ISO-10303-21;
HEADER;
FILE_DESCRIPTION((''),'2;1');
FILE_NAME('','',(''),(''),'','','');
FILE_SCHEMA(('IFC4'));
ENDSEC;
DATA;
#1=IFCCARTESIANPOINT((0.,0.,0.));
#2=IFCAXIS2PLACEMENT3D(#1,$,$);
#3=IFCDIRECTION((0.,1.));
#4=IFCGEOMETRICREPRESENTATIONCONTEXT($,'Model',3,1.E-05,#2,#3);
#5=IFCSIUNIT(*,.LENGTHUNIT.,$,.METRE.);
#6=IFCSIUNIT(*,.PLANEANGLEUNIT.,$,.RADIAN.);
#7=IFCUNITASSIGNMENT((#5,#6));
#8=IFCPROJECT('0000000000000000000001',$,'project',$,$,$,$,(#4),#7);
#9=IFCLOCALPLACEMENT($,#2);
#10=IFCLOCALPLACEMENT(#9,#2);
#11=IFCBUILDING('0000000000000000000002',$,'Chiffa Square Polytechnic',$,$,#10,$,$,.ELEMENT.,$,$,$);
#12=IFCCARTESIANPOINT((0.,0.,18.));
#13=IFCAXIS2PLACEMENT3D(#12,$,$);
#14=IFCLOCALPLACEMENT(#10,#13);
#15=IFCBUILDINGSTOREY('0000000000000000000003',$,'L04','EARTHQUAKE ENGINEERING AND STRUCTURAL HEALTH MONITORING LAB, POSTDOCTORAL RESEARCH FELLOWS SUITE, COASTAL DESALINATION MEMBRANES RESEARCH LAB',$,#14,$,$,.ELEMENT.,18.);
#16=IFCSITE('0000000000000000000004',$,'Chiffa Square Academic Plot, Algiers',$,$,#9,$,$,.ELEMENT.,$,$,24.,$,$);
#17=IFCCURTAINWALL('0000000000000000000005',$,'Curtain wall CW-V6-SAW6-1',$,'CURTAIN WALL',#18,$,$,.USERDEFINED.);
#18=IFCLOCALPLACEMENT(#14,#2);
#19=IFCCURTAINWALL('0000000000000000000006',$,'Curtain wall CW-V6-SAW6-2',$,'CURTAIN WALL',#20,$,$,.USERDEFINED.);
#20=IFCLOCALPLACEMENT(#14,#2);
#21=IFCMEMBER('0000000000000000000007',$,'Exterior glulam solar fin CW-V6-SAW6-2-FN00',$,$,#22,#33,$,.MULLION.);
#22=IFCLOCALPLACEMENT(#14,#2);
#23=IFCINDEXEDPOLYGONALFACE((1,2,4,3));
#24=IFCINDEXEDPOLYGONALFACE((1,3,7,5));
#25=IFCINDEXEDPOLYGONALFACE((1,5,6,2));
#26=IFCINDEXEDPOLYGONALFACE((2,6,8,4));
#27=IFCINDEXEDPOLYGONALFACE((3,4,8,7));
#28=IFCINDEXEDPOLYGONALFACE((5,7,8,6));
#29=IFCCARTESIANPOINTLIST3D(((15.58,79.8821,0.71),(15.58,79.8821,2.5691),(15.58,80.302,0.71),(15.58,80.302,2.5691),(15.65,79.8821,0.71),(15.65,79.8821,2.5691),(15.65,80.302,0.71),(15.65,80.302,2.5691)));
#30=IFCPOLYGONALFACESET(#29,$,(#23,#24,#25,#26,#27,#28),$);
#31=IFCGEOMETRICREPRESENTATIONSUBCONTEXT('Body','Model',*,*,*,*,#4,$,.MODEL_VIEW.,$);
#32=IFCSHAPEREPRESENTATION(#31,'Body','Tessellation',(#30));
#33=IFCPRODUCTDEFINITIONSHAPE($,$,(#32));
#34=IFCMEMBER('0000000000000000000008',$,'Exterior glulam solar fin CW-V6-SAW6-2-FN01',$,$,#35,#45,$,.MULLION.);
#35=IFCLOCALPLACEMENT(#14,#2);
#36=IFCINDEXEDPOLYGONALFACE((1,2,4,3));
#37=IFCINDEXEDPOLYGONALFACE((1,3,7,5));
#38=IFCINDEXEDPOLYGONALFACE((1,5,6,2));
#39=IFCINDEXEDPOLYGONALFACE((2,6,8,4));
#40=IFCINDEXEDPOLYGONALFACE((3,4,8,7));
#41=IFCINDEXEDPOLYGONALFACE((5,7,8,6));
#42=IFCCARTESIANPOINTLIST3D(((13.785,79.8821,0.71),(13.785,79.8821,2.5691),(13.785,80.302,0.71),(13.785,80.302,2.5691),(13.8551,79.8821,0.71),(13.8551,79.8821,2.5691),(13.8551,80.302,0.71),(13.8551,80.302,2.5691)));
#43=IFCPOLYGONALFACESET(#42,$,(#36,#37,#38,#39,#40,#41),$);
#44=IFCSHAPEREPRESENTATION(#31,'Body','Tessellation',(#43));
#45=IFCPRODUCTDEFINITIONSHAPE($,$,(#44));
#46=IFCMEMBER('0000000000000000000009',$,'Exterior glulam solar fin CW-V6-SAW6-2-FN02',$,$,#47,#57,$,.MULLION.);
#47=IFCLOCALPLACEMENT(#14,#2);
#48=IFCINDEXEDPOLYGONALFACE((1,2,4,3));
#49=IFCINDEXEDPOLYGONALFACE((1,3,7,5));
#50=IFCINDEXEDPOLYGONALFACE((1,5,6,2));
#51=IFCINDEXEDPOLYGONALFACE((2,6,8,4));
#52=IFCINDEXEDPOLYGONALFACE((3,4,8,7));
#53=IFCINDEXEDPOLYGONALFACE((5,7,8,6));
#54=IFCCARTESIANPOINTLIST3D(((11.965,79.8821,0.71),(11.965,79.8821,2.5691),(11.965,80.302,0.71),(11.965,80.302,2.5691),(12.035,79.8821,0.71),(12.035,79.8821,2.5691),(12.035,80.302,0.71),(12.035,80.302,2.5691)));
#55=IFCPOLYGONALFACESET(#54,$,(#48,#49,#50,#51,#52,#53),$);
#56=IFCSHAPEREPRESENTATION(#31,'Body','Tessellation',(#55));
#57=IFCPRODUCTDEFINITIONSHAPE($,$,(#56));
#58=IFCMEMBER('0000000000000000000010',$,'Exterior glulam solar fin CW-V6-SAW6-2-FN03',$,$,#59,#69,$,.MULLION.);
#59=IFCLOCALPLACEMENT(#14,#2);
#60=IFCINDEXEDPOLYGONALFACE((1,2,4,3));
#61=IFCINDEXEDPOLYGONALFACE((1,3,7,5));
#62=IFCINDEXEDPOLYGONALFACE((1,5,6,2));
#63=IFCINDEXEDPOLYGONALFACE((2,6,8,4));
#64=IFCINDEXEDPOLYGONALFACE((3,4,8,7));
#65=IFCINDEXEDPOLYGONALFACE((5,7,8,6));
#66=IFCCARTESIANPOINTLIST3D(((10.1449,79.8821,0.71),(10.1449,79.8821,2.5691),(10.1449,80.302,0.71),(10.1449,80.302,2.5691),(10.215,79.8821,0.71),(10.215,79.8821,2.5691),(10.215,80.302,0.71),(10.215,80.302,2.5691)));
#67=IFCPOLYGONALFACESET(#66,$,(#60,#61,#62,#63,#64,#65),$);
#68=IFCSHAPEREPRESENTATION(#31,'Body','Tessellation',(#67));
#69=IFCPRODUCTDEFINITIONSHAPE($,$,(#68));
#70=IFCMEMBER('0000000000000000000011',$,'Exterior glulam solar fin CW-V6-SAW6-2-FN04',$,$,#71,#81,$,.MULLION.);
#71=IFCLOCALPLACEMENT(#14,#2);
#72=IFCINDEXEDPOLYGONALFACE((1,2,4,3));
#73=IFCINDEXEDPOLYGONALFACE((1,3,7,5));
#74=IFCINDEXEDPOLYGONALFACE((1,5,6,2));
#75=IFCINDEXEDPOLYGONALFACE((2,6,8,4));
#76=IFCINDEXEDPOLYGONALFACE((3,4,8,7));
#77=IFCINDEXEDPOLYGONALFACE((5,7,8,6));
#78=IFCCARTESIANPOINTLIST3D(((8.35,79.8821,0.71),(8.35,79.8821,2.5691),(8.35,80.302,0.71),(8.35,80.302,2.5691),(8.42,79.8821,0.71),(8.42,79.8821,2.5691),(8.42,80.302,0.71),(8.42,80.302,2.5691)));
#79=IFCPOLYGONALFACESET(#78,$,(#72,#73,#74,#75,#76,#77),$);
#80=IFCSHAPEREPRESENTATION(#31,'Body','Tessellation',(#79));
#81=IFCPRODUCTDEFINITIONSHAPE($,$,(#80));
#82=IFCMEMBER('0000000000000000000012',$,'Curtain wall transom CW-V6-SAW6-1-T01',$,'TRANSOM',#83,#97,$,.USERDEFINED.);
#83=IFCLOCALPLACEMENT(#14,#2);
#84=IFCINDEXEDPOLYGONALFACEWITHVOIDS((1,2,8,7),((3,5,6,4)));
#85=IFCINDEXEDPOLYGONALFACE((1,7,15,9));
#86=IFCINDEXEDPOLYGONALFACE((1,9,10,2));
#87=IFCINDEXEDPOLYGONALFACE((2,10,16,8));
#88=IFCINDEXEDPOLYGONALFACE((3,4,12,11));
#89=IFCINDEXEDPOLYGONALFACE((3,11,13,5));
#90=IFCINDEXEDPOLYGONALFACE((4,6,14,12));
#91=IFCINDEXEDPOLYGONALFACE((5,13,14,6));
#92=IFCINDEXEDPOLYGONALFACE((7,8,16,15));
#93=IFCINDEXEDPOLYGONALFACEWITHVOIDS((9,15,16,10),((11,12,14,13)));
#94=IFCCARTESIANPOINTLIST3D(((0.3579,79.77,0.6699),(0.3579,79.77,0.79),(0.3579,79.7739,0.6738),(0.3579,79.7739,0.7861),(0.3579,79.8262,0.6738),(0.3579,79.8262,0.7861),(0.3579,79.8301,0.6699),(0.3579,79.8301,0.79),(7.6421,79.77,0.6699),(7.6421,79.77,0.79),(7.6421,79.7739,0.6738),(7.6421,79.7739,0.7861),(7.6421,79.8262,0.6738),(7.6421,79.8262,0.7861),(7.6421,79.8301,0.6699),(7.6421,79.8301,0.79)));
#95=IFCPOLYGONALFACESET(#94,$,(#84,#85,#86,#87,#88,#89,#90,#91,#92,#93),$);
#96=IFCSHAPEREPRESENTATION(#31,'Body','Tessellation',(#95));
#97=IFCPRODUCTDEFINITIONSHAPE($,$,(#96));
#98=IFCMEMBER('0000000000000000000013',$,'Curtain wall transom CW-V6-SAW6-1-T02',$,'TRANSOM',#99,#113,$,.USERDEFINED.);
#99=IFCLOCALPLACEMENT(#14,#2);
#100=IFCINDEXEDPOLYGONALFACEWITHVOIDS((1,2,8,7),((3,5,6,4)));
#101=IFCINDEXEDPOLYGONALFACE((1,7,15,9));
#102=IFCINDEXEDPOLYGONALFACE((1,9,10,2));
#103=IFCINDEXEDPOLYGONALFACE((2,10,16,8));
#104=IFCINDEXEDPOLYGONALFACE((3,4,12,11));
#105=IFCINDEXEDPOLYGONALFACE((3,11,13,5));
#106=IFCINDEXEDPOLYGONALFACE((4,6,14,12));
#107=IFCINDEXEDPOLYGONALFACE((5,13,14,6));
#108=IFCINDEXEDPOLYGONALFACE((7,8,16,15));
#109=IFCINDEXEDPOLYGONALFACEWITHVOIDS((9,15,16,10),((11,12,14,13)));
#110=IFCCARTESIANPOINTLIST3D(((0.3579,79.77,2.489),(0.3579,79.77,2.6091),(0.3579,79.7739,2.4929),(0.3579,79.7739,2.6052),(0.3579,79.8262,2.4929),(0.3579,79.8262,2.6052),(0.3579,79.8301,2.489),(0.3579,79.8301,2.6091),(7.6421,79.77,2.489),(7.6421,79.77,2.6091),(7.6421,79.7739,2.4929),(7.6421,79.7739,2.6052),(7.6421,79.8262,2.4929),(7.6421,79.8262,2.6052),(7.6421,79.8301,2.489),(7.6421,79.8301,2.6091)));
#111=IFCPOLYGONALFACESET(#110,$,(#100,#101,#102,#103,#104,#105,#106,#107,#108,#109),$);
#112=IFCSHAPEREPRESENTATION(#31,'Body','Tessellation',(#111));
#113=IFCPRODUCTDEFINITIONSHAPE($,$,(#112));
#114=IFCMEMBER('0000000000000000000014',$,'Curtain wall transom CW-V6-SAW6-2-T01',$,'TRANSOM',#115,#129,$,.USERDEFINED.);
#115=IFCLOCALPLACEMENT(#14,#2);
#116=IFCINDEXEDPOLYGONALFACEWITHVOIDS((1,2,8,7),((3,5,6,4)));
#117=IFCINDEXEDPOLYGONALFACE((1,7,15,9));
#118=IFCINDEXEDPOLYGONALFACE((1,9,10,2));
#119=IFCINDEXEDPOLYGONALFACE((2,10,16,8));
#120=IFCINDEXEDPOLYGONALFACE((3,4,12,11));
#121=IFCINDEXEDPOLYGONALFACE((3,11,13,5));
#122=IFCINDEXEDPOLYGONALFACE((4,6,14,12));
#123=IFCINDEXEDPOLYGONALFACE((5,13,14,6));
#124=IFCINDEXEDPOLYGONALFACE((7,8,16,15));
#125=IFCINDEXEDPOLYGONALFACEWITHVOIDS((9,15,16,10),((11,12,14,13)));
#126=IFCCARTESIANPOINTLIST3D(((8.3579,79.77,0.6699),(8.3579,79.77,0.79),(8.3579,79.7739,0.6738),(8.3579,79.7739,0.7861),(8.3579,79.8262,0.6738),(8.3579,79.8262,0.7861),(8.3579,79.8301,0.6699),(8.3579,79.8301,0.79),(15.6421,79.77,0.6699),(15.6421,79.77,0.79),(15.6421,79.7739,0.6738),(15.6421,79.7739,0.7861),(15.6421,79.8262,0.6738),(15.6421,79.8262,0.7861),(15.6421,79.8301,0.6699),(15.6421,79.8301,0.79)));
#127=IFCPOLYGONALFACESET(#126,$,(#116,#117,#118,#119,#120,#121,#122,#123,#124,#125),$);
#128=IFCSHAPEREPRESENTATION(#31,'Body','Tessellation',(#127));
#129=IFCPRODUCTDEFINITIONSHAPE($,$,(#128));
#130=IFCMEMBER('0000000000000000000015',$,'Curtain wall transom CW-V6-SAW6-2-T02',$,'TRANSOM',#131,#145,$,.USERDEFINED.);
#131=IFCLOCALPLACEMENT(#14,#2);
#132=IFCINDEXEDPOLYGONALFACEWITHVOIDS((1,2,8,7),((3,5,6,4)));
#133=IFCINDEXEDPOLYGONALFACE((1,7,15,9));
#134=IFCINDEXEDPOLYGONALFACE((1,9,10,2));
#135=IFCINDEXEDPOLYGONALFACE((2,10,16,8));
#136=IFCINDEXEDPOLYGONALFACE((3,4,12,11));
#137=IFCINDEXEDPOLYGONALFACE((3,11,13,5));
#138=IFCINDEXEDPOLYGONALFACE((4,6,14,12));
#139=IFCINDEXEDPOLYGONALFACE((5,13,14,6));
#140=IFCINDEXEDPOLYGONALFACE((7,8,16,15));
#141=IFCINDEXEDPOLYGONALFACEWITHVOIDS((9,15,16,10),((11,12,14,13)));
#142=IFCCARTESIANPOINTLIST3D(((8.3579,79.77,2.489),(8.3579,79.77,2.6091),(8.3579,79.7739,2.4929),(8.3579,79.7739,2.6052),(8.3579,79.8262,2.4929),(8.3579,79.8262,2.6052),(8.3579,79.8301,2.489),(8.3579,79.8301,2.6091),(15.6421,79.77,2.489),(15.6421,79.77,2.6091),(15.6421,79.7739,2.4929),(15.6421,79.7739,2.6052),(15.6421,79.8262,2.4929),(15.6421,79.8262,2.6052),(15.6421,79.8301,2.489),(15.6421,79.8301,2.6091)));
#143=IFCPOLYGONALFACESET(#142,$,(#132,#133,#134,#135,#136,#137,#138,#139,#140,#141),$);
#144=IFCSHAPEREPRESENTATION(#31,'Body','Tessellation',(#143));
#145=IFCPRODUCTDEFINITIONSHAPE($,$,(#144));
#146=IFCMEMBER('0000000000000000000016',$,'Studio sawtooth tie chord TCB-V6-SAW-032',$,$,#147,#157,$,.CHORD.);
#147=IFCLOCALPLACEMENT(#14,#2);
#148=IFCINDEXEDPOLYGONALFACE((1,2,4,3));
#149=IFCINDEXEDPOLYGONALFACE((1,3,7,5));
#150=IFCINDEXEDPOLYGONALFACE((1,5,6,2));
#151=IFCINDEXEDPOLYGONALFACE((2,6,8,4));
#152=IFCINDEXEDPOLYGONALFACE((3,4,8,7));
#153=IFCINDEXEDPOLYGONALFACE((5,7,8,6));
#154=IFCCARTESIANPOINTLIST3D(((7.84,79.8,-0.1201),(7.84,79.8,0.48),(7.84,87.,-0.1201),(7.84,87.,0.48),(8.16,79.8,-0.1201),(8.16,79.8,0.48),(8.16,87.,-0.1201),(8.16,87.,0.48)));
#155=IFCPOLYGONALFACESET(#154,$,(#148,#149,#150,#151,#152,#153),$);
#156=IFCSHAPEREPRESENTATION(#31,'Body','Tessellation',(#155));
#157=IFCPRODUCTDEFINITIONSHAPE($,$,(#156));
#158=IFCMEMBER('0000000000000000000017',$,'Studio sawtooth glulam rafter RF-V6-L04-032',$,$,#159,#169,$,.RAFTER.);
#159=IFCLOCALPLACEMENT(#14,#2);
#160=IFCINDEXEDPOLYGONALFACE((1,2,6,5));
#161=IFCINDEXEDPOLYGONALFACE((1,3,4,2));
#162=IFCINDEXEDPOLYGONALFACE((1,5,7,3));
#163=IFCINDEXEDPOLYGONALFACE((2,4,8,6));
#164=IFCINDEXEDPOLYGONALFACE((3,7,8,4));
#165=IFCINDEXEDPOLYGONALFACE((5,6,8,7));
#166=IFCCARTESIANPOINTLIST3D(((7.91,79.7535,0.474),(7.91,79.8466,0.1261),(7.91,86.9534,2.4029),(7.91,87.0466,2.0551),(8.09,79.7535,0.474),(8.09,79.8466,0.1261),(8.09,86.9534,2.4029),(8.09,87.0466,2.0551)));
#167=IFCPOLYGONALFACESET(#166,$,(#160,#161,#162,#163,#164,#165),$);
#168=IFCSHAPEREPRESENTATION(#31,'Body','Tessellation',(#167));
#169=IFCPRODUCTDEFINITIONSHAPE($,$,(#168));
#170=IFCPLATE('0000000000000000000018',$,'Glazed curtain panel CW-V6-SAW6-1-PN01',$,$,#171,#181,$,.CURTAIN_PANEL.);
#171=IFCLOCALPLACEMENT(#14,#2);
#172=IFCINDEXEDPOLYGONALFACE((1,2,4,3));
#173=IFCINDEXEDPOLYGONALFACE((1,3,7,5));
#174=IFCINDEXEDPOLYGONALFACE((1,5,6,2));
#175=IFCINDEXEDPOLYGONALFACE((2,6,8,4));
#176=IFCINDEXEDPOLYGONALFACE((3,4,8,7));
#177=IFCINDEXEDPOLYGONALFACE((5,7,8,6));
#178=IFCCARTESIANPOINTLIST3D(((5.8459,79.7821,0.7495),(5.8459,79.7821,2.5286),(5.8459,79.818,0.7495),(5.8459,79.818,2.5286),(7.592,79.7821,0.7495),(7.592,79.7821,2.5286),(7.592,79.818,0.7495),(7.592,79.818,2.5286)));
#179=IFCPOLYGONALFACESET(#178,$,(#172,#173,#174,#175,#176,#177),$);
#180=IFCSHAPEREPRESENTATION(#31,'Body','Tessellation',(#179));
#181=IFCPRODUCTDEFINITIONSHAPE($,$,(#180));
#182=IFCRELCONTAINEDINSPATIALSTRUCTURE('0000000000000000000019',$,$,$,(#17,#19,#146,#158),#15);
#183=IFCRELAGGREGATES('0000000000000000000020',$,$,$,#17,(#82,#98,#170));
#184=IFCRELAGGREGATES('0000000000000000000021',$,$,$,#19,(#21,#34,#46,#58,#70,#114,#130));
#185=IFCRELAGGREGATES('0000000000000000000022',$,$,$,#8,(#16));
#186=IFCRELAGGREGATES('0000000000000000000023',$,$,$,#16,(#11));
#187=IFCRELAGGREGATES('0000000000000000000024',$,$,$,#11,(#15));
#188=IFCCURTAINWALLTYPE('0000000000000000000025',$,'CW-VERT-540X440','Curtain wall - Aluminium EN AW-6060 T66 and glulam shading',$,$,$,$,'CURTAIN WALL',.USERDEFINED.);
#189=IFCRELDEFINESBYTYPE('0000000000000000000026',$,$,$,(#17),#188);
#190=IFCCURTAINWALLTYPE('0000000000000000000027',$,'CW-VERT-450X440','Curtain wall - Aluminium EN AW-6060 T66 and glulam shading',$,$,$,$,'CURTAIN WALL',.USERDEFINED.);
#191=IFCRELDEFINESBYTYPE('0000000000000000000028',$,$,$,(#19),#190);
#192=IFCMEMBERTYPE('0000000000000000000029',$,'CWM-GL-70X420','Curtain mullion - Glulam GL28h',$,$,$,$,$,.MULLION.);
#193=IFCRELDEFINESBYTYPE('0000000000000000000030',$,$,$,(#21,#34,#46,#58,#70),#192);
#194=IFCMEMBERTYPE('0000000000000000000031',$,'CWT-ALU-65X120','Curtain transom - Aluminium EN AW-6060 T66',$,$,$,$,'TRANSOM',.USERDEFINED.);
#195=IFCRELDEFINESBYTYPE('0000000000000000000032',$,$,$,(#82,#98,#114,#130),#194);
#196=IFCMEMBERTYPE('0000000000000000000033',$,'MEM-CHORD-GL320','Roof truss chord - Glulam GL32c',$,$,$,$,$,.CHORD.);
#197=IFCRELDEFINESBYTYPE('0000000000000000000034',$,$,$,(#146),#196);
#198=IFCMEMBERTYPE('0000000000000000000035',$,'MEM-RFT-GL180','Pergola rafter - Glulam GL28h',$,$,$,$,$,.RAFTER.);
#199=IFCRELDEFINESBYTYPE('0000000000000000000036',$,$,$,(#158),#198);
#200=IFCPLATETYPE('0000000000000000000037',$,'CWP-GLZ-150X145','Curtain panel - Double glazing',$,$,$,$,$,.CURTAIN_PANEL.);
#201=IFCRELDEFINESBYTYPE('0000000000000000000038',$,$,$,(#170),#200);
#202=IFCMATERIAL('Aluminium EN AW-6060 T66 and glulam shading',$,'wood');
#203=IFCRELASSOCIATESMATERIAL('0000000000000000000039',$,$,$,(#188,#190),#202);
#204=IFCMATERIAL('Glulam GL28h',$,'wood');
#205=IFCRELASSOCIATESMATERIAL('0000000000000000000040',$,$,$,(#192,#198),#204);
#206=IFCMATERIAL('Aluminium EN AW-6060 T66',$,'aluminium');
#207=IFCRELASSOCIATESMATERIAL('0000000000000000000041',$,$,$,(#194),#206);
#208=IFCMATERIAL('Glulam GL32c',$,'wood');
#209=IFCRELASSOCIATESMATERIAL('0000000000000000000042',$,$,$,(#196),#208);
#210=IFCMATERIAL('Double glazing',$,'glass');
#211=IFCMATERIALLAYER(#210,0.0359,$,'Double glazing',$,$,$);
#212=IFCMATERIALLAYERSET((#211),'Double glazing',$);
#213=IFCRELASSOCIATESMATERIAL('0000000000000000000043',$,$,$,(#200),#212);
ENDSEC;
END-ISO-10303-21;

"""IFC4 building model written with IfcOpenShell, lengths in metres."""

from ifc_helpers import new_model, si_unit, direction, frame, origin, origin_2d, place, context, subcontext, project, spatial, rectangle, hollow_rectangle, extrude, material, layer, layer_set, material_profile, profile_set, type_object, element, aggregate, save


model = new_model("IFC4")

# Units and contexts
model_context = context("Model", 3, precision=1e-05, world=origin(), true_north=direction((0.0, 1.0)))
body_context = subcontext(model_context, "Body", "Model", "MODEL_VIEW")
ifc_project = project(units=[si_unit("LENGTHUNIT", "METRE"), si_unit("PLANEANGLEUNIT", "RADIAN")], contexts=[model_context])

# Site, building, storey
site_placement = place(None, origin())
site = spatial("IfcSite", under=ifc_project, at=site_placement, Name="Chiffa Square Academic Plot, Algiers", CompositionType="ELEMENT", RefElevation=24.0)
building_placement = place(site_placement, origin())
building = spatial("IfcBuilding", under=site, at=building_placement, Name="Chiffa Square Polytechnic", CompositionType="ELEMENT")
storey_placement = place(building_placement, frame((0.0, 0.0, 18.0)))
storey = spatial("IfcBuildingStorey", under=building, at=storey_placement, Name="L04", Description="EARTHQUAKE ENGINEERING AND STRUCTURAL HEALTH MONITORING LAB, POSTDOCTORAL RESEARCH FELLOWS SUITE, COASTAL DESALINATION MEMBRANES RESEARCH LAB", CompositionType="ELEMENT", Elevation=18.0)

# Shared definitions
ifc_material_1 = material(Name="Glulam GL32c", Category="wood")

# Curtain walls
ifc_material_2 = material(Name="Aluminium EN AW-6060 T66 and glulam shading", Category="wood")
curtain_wall_type_1 = type_object("IfcCurtainWallType", Name="CW-VERT-540X440", Description="Curtain wall - Aluminium EN AW-6060 T66 and glulam shading", ElementType="CURTAIN WALL", PredefinedType="USERDEFINED", material=ifc_material_2)
curtain_wall_1_placement = place(storey_placement, origin())
curtain_wall_1 = element("IfcCurtainWall", 1, at=curtain_wall_1_placement, inside=storey, type_object=curtain_wall_type_1, Name="Curtain wall CW-V6-SAW6-1", ObjectType="CURTAIN WALL", PredefinedType="USERDEFINED")
ifc_material_3 = material(Name="Aluminium EN AW-6060 T66", Category="aluminium")
curtain_wall_type_2 = type_object("IfcCurtainWallType", Name="CW-VERT-450X440", Description="Curtain wall - Aluminium EN AW-6060 T66 and glulam shading", ElementType="CURTAIN WALL", PredefinedType="USERDEFINED", material=ifc_material_2)
curtain_wall_2_placement = place(storey_placement, origin())
curtain_wall_2 = element("IfcCurtainWall", 2, at=curtain_wall_2_placement, inside=storey, type_object=curtain_wall_type_2, Name="Curtain wall CW-V6-SAW6-2", ObjectType="CURTAIN WALL", PredefinedType="USERDEFINED")
ifc_material_4 = material(Name="Glulam GL28h", Category="wood")
ifc_material_profile_1 = material_profile(ifc_material_4, rectangle(XDim=0.0701, YDim=0.4199, at=origin_2d()), Name="GL28h 70x420")
ifc_profile_set_1 = profile_set([ifc_material_profile_1], Name="Glulam GL28h")
member_type_1 = type_object("IfcMemberType", Name="CWM-GL-70X420", Description="Curtain mullion - Glulam GL28h", PredefinedType="MULLION", material=ifc_profile_set_1)

# Members
member_1_placement = place(storey_placement, frame((15.615, 80.092, 0.71), z_axis=(0.0, 0.0, 1.0), x_axis=(-1.0, 0.0, 0.0)))
member_1 = element("IfcMember", 3, at=member_1_placement, type_object=member_type_1, Name="Exterior glulam solar fin CW-V6-SAW6-2-FN00", PredefinedType="MULLION", context=body_context, shape_type="SweptSolid", body=[
    extrude(rectangle(XDim=0.0701, YDim=0.4199, at=origin_2d()), origin(), (0.0, 0.0, 1.0), 1.8591),
])
member_2_placement = place(storey_placement, frame((13.8201, 80.092, 0.71), z_axis=(0.0, 0.0, 1.0), x_axis=(-1.0, 0.0, 0.0)))
member_2 = element("IfcMember", 4, at=member_2_placement, type_object=member_type_1, Name="Exterior glulam solar fin CW-V6-SAW6-2-FN01", PredefinedType="MULLION", context=body_context, shape_type="SweptSolid", body=[
    extrude(rectangle(XDim=0.0701, YDim=0.4199, at=origin_2d()), origin(), (0.0, 0.0, 1.0), 1.8591),
])
member_3_placement = place(storey_placement, frame((12.0, 80.092, 0.71), z_axis=(0.0, 0.0, 1.0), x_axis=(-1.0, 0.0, 0.0)))
member_3 = element("IfcMember", 5, at=member_3_placement, type_object=member_type_1, Name="Exterior glulam solar fin CW-V6-SAW6-2-FN02", PredefinedType="MULLION", context=body_context, shape_type="SweptSolid", body=[
    extrude(rectangle(XDim=0.0701, YDim=0.4199, at=origin_2d()), origin(), (0.0, 0.0, 1.0), 1.8591),
])
member_4_placement = place(storey_placement, frame((10.1799, 80.092, 0.71), z_axis=(0.0, 0.0, 1.0), x_axis=(-1.0, 0.0, 0.0)))
member_4 = element("IfcMember", 6, at=member_4_placement, type_object=member_type_1, Name="Exterior glulam solar fin CW-V6-SAW6-2-FN03", PredefinedType="MULLION", context=body_context, shape_type="SweptSolid", body=[
    extrude(rectangle(XDim=0.0701, YDim=0.4199, at=origin_2d()), origin(), (0.0, 0.0, 1.0), 1.8591),
])
member_5_placement = place(storey_placement, frame((8.385, 80.092, 0.71), z_axis=(0.0, 0.0, 1.0), x_axis=(-1.0, 0.0, 0.0)))
member_5 = element("IfcMember", 7, at=member_5_placement, type_object=member_type_1, Name="Exterior glulam solar fin CW-V6-SAW6-2-FN04", PredefinedType="MULLION", context=body_context, shape_type="SweptSolid", body=[
    extrude(rectangle(XDim=0.0701, YDim=0.4199, at=origin_2d()), origin(), (0.0, 0.0, 1.0), 1.8591),
])
ifc_material_profile_2 = material_profile(ifc_material_3, hollow_rectangle(XDim=0.0601, YDim=0.1201, WallThickness=0.0039, at=origin_2d()), Name="ALU 60x120x4")
ifc_profile_set_2 = profile_set([ifc_material_profile_2], Name="Aluminium EN AW-6060 T66")
member_type_2 = type_object("IfcMemberType", Name="CWT-ALU-65X120", Description="Curtain transom - Aluminium EN AW-6060 T66", ElementType="TRANSOM", PredefinedType="USERDEFINED", material=ifc_profile_set_2)
member_6_placement = place(storey_placement, frame((7.6421, 79.8, 0.73), z_axis=(-1.0, 0.0, 0.0), x_axis=(0.0, -1.0, 0.0)))
member_6 = element("IfcMember", 8, at=member_6_placement, type_object=member_type_2, Name="Curtain wall transom CW-V6-SAW6-1-T01", ObjectType="TRANSOM", PredefinedType="USERDEFINED", context=body_context, shape_type="SweptSolid", body=[
    extrude(hollow_rectangle(XDim=0.0601, YDim=0.1201, WallThickness=0.0039, at=origin_2d()), origin(), (0.0, 0.0, 1.0), 7.2842),
])
member_7_placement = place(storey_placement, frame((7.6421, 79.8, 2.5491), z_axis=(-1.0, 0.0, 0.0), x_axis=(0.0, -1.0, 0.0)))
member_7 = element("IfcMember", 9, at=member_7_placement, type_object=member_type_2, Name="Curtain wall transom CW-V6-SAW6-1-T02", ObjectType="TRANSOM", PredefinedType="USERDEFINED", context=body_context, shape_type="SweptSolid", body=[
    extrude(hollow_rectangle(XDim=0.0601, YDim=0.1201, WallThickness=0.0039, at=origin_2d()), origin(), (0.0, 0.0, 1.0), 7.2842),
])
member_8_placement = place(storey_placement, frame((15.6421, 79.8, 0.73), z_axis=(-1.0, 0.0, 0.0), x_axis=(0.0, -1.0, 0.0)))
member_8 = element("IfcMember", 10, at=member_8_placement, type_object=member_type_2, Name="Curtain wall transom CW-V6-SAW6-2-T01", ObjectType="TRANSOM", PredefinedType="USERDEFINED", context=body_context, shape_type="SweptSolid", body=[
    extrude(hollow_rectangle(XDim=0.0601, YDim=0.1201, WallThickness=0.0039, at=origin_2d()), origin(), (0.0, 0.0, 1.0), 7.2842),
])
member_9_placement = place(storey_placement, frame((15.6421, 79.8, 2.5491), z_axis=(-1.0, 0.0, 0.0), x_axis=(0.0, -1.0, 0.0)))
member_9 = element("IfcMember", 11, at=member_9_placement, type_object=member_type_2, Name="Curtain wall transom CW-V6-SAW6-2-T02", ObjectType="TRANSOM", PredefinedType="USERDEFINED", context=body_context, shape_type="SweptSolid", body=[
    extrude(hollow_rectangle(XDim=0.0601, YDim=0.1201, WallThickness=0.0039, at=origin_2d()), origin(), (0.0, 0.0, 1.0), 7.2842),
])

# Members
ifc_material_profile_3 = material_profile(ifc_material_1, rectangle(XDim=0.3201, YDim=0.6001, at=origin_2d()), Name="GL32c 320x600")
ifc_profile_set_3 = profile_set([ifc_material_profile_3], Name="Glulam GL32c")
member_type_3 = type_object("IfcMemberType", Name="MEM-CHORD-GL320", Description="Roof truss chord - Glulam GL32c", PredefinedType="CHORD", material=ifc_profile_set_3)
member_10_placement = place(storey_placement, frame((8.0, 79.8, 0.1799), z_axis=(0.0, 1.0, 0.0), x_axis=(-1.0, 0.0, 0.0)))
element("IfcMember", 12, at=member_10_placement, inside=storey, type_object=member_type_3, Name="Studio sawtooth tie chord TCB-V6-SAW-032", PredefinedType="CHORD", context=body_context, shape_type="SweptSolid", body=[
    extrude(rectangle(XDim=0.3201, YDim=0.6001, at=origin_2d()), origin(), (0.0, 0.0, 1.0), 7.2),
])
ifc_material_profile_4 = material_profile(ifc_material_4, rectangle(XDim=0.1799, YDim=0.3601, at=origin_2d()), Name="GL28h 180x360")
ifc_profile_set_4 = profile_set([ifc_material_profile_4], Name="Glulam GL28h")
member_type_4 = type_object("IfcMemberType", Name="MEM-RFT-GL180", Description="Pergola rafter - Glulam GL28h", PredefinedType="RAFTER", material=ifc_profile_set_4)
member_11_placement = place(storey_placement, frame((8.0, 79.8, 0.3), z_axis=(0.0, 0.965935, 0.258786), x_axis=(-1.0, 0.0, 0.0)))
element("IfcMember", 13, at=member_11_placement, inside=storey, type_object=member_type_4, Name="Studio sawtooth glulam rafter RF-V6-L04-032", PredefinedType="RAFTER", context=body_context, shape_type="SweptSolid", body=[
    extrude(rectangle(XDim=0.1799, YDim=0.3601, at=origin_2d()), origin(), (0.0, 0.0, 1.0), 7.4539),
])

# Plate
ifc_material_5 = material(Name="Double glazing", Category="glass")
ifc_layer_1 = layer(ifc_material_5, 0.0359, Name="Double glazing")
ifc_layer_set_1 = layer_set([ifc_layer_1], Name="Double glazing")
plate_type = type_object("IfcPlateType", Name="CWP-GLZ-150X145", Description="Curtain panel - Double glazing", PredefinedType="CURTAIN_PANEL", material=ifc_layer_set_1)
plate_1_placement = place(storey_placement, frame((6.719, 79.8, 0.7495), z_axis=(0.0, 0.0, 1.0), x_axis=(-1.0, 0.0, 0.0)))
plate_1 = element("IfcPlate", 14, at=plate_1_placement, type_object=plate_type, Name="Glazed curtain panel CW-V6-SAW6-1-PN01", PredefinedType="CURTAIN_PANEL", context=body_context, shape_type="SweptSolid", body=[
    extrude(rectangle(XDim=1.7461, YDim=0.0359, at=origin_2d()), origin(), (0.0, 0.0, 1.0), 1.7791),
])
aggregate(curtain_wall_1, [member_6, member_7, plate_1])
aggregate(curtain_wall_2, [member_1, member_2, member_3, member_4, member_5, member_8, member_9])

save(model, "model.ifc")
